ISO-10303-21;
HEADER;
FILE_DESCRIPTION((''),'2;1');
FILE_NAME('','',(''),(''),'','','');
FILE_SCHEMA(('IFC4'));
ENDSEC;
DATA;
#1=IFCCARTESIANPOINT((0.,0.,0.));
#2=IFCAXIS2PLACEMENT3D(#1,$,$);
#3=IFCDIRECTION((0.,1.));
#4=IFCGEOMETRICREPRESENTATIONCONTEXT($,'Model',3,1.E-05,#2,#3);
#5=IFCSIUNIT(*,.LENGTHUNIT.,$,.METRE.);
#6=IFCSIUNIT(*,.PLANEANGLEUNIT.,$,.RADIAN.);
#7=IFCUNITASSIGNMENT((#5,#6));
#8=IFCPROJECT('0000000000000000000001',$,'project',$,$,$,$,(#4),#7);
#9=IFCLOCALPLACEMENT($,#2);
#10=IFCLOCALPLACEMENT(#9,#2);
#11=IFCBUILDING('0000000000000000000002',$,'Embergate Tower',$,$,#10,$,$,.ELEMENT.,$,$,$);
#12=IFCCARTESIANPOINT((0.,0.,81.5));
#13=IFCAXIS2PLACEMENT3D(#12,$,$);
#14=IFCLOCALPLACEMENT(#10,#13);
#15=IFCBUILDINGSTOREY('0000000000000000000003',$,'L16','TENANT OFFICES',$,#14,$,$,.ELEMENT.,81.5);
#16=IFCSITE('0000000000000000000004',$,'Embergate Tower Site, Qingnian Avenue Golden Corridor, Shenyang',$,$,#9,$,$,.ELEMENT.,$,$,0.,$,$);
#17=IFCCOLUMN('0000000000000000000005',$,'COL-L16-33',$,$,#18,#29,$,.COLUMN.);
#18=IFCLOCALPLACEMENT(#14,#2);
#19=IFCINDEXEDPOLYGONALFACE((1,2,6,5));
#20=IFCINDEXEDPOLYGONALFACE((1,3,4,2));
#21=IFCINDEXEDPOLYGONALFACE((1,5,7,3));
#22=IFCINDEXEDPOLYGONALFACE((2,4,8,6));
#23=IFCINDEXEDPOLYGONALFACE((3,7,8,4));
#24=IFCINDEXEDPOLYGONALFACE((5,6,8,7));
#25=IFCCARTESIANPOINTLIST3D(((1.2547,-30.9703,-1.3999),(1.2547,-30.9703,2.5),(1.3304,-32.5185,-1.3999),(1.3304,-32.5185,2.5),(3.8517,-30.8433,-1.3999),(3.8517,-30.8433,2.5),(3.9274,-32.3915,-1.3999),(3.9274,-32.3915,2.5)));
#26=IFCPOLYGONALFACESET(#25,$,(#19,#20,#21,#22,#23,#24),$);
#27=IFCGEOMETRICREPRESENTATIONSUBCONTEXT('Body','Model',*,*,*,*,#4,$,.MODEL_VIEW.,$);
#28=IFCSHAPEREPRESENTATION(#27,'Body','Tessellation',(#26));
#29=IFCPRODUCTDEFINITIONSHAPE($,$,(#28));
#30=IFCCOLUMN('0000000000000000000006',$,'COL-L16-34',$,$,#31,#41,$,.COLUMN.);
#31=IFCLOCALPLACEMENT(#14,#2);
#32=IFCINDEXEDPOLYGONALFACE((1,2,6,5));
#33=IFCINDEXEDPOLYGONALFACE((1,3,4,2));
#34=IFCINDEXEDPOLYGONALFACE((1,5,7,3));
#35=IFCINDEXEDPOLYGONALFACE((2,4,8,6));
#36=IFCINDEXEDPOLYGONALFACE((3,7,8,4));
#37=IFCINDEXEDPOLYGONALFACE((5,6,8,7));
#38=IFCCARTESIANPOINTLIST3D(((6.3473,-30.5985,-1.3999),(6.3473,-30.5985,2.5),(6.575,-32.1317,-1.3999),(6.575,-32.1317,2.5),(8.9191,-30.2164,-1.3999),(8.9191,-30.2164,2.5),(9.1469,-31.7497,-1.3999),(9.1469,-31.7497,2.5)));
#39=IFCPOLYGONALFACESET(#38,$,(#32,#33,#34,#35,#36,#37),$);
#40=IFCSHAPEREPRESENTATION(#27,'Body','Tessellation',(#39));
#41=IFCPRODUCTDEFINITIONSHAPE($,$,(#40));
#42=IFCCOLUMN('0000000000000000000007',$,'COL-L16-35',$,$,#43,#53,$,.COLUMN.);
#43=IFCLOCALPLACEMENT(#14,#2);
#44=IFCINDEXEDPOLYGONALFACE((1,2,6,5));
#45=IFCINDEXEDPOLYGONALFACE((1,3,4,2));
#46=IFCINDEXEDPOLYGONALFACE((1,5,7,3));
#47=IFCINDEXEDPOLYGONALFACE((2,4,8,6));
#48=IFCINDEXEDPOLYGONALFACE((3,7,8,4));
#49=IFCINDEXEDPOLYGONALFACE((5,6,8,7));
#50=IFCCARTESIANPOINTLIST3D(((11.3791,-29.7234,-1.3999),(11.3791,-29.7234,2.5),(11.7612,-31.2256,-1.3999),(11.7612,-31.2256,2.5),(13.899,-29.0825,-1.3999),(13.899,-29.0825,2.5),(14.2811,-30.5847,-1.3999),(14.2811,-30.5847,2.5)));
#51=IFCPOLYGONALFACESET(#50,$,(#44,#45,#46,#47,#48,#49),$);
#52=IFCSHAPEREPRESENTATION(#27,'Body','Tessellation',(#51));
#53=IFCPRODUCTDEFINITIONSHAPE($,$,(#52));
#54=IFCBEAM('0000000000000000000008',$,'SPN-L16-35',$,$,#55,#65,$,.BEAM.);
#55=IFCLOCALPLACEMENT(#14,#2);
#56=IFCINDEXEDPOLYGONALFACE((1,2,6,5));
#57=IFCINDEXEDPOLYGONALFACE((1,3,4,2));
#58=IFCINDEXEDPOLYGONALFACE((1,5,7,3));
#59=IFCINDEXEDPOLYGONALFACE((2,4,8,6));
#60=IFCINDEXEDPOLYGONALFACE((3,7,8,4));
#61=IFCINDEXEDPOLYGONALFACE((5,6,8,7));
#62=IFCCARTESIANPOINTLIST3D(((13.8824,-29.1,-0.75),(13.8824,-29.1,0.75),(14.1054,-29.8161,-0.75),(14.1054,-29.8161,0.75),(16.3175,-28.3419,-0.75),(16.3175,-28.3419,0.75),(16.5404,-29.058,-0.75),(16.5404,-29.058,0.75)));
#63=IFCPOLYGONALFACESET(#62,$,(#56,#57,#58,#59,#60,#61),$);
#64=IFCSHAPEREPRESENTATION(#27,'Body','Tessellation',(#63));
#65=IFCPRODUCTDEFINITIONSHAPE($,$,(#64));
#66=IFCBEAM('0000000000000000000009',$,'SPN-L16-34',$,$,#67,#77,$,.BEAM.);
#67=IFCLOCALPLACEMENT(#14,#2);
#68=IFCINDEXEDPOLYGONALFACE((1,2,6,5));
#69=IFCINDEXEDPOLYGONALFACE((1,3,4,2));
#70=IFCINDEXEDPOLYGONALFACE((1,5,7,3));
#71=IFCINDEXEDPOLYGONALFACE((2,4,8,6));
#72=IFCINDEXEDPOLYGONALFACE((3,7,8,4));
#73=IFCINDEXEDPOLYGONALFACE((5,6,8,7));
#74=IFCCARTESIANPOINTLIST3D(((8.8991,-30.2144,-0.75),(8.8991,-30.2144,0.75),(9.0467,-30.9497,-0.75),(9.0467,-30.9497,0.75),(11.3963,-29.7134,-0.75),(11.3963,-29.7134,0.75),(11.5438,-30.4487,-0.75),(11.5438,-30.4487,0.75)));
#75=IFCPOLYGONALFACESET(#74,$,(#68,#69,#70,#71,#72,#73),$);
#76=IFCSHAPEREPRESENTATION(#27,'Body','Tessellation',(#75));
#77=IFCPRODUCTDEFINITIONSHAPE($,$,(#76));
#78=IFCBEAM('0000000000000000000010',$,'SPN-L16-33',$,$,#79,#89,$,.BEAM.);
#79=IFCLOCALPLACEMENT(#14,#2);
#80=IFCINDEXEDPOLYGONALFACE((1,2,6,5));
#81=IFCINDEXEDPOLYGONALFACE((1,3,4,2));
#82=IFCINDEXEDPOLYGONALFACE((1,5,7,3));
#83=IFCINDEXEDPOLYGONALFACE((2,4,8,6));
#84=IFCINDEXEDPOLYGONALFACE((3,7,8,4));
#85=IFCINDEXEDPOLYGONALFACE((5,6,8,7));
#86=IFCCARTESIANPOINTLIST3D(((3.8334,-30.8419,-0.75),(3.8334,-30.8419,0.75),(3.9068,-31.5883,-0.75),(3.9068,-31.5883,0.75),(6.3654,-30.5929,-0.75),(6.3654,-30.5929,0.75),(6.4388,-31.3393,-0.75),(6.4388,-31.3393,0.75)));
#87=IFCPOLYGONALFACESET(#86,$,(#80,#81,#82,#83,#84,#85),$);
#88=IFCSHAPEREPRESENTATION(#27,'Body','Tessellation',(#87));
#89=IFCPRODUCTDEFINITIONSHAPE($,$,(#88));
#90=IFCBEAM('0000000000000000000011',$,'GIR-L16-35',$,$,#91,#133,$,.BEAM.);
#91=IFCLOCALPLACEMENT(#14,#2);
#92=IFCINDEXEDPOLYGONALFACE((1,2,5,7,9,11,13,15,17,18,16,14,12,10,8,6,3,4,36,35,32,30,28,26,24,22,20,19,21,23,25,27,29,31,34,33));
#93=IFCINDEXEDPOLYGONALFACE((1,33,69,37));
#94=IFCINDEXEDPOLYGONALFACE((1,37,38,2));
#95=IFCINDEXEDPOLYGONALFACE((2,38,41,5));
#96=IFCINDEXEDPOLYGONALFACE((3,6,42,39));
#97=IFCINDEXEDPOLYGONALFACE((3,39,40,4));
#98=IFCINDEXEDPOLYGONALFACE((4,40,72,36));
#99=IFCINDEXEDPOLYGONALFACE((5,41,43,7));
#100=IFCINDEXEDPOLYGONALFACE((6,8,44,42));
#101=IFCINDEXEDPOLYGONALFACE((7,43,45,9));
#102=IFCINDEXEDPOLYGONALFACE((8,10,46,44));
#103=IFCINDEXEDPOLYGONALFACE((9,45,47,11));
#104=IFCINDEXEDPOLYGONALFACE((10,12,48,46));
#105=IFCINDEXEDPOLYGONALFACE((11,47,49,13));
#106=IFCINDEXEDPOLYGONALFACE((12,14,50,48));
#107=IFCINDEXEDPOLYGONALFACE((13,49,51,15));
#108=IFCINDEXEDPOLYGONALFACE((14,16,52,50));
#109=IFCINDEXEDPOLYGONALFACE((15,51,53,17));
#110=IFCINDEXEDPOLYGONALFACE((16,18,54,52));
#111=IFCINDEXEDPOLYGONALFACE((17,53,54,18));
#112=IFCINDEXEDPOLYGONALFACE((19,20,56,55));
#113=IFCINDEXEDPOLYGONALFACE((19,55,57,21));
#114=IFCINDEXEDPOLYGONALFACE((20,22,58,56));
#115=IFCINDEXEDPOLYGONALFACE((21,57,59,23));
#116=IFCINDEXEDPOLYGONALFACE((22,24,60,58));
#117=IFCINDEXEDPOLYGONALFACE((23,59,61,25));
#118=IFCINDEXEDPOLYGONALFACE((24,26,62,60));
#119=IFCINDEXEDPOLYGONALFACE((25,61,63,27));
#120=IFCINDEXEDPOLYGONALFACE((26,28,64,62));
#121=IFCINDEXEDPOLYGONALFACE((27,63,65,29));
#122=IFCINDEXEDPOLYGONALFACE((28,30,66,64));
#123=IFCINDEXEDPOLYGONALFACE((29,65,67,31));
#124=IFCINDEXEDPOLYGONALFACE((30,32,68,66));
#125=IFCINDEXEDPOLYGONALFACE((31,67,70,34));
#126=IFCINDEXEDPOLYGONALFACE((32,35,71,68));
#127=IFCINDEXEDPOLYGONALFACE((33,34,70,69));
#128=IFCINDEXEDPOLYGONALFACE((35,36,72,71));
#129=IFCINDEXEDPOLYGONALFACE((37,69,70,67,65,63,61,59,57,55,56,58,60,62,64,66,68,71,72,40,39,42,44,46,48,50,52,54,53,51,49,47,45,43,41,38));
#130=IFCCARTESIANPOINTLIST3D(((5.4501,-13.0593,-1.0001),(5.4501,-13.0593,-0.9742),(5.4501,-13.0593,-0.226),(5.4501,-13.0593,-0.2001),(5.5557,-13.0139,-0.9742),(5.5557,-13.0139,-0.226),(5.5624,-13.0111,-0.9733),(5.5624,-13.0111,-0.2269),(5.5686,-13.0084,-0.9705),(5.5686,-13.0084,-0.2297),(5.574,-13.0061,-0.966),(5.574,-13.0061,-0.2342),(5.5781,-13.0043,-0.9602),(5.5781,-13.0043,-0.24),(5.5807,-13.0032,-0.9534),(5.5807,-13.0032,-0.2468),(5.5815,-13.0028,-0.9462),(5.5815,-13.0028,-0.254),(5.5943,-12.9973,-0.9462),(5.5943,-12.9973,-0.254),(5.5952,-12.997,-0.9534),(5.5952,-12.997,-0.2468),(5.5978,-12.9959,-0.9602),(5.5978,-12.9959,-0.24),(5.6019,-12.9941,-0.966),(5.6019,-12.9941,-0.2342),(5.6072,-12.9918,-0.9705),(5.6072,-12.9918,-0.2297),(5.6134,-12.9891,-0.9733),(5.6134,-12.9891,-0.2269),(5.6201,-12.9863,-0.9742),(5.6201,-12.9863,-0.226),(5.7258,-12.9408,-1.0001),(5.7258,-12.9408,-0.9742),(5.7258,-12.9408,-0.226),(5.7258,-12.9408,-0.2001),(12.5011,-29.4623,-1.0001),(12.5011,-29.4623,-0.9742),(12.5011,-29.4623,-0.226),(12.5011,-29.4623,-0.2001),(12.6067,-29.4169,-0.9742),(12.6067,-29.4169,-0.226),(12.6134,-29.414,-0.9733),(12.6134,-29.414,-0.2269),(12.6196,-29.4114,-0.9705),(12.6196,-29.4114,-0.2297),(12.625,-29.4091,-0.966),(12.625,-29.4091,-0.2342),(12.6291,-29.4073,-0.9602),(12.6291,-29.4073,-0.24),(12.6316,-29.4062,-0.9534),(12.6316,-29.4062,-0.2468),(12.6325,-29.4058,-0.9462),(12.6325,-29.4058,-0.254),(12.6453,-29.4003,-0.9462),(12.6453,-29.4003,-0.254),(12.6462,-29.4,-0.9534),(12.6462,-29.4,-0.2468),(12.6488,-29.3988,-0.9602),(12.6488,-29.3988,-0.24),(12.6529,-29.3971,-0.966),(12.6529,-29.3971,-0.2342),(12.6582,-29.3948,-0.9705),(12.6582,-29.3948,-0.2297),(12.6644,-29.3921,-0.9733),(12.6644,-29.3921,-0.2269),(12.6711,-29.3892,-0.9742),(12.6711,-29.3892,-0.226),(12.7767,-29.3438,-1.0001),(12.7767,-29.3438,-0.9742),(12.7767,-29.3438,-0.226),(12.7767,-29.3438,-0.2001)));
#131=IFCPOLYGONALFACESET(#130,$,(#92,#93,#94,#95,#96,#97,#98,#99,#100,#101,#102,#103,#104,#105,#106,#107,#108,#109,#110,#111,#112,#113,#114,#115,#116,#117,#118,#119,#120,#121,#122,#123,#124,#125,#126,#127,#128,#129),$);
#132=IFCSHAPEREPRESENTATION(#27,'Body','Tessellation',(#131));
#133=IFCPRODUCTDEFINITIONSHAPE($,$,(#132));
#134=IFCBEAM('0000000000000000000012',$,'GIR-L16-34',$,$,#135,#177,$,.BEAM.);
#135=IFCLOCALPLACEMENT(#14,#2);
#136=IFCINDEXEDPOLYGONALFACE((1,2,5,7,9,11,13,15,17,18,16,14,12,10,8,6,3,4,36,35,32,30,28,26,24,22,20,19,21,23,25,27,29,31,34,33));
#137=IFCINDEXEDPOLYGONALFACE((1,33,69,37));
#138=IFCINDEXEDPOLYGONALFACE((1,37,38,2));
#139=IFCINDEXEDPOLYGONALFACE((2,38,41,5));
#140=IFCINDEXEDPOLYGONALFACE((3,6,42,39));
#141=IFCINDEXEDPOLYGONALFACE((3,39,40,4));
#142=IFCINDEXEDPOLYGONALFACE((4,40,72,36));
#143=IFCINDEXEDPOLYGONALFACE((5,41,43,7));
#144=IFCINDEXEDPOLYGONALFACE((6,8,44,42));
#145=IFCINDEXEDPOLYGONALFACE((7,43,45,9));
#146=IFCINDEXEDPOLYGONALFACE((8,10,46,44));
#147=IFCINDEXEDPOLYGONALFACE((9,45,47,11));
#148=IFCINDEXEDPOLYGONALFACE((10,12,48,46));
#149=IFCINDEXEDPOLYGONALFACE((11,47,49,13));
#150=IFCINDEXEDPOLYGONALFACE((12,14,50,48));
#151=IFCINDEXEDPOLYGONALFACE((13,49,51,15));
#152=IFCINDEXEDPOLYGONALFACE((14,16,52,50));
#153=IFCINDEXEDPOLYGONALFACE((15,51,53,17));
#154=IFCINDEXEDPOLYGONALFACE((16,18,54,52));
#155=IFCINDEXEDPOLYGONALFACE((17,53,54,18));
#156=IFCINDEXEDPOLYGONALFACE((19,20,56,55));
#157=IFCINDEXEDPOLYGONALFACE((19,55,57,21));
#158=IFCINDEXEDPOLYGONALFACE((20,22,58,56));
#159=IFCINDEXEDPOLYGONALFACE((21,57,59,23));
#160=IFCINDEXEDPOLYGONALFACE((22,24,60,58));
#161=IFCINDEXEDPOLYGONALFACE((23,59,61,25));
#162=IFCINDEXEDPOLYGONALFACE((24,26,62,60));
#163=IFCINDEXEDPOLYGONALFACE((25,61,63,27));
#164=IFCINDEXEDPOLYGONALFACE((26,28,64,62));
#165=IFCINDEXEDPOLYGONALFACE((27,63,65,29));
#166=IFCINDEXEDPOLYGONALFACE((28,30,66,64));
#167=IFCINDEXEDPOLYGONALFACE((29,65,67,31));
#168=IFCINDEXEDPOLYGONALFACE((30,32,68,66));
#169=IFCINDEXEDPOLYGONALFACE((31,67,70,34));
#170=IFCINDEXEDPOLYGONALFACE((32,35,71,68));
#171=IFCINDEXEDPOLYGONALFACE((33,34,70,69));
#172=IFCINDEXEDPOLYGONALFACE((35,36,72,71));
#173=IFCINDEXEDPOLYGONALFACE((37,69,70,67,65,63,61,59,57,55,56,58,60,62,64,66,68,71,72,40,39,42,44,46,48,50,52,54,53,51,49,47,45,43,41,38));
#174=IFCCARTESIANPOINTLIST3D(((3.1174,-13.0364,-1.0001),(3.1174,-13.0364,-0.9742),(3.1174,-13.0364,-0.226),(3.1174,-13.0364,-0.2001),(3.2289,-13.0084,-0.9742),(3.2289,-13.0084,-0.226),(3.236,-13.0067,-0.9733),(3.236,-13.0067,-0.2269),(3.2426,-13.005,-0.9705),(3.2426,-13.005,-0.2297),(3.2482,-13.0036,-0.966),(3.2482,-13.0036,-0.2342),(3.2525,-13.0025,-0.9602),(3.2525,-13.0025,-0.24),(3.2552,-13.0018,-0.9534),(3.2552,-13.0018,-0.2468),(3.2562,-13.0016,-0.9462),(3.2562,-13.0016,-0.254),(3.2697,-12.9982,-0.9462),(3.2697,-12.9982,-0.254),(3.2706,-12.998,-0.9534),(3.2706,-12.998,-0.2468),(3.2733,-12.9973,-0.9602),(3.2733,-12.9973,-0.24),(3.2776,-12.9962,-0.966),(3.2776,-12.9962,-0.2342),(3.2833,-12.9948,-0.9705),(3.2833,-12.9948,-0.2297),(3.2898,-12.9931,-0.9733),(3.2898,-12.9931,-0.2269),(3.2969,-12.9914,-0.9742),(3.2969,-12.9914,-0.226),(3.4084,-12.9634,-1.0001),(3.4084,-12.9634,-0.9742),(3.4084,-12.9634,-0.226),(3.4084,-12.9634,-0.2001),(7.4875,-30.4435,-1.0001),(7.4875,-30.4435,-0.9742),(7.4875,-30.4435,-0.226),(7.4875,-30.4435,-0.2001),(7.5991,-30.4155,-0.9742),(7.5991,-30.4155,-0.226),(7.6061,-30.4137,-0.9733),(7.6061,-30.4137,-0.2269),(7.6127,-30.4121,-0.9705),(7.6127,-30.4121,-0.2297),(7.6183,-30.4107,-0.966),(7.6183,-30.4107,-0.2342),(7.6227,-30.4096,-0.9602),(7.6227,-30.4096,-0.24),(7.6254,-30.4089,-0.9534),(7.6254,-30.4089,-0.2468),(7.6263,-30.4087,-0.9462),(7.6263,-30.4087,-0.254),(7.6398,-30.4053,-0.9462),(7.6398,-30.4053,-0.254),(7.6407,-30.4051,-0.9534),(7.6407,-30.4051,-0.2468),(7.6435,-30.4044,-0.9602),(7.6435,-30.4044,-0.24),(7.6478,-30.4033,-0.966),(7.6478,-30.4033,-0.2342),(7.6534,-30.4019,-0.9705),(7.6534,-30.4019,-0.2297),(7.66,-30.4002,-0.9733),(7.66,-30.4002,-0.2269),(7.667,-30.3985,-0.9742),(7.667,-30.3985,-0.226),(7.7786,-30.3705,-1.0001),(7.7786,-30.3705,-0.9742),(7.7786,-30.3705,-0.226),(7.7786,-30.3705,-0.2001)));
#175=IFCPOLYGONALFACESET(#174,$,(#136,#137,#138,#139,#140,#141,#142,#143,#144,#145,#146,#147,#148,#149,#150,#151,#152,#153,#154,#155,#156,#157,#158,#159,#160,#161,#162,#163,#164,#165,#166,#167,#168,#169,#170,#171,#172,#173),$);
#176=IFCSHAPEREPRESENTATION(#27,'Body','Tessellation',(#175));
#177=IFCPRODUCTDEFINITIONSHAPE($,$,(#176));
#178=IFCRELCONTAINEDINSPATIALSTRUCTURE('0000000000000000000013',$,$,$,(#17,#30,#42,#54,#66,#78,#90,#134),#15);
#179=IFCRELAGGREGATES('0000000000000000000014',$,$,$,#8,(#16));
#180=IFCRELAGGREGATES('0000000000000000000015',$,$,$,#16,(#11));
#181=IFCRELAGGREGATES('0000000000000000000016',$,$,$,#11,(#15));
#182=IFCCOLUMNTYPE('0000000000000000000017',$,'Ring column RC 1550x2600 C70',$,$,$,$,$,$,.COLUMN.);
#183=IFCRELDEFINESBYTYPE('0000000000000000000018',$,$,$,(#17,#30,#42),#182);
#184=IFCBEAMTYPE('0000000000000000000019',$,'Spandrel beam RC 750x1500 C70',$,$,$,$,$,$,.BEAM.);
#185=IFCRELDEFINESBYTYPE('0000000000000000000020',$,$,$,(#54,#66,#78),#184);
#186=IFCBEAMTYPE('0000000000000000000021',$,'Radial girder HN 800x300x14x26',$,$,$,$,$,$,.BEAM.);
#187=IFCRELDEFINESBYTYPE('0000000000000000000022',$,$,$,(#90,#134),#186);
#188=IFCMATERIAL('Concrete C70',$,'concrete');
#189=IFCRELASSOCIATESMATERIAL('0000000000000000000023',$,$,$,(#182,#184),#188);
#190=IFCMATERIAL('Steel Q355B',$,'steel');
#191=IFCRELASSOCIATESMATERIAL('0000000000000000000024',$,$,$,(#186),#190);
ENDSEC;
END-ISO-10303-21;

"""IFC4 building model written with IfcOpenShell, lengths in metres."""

from ifc_helpers import new_model, si_unit, direction, frame, origin, origin_2d, place, context, subcontext, project, spatial, rectangle, i_section, extrude, source, transform, mapped, material, material_profile, profile_set, type_object, element, save


model = new_model("IFC4")

# Units and contexts
model_context = context("Model", 3, precision=1e-05, world=origin(), true_north=direction((0.0, 1.0)))
body_context = subcontext(model_context, "Body", "Model", "MODEL_VIEW")
ifc_project = project(units=[si_unit("LENGTHUNIT", "METRE"), si_unit("PLANEANGLEUNIT", "RADIAN")], contexts=[model_context])

# Site, building, storey
site_placement = place(None, origin())
site = spatial("IfcSite", under=ifc_project, at=site_placement, Name="Embergate Tower Site, Qingnian Avenue Golden Corridor, Shenyang", CompositionType="ELEMENT", RefElevation=0.0)
building_placement = place(site_placement, origin())
building = spatial("IfcBuilding", under=site, at=building_placement, Name="Embergate Tower", CompositionType="ELEMENT")
storey_placement = place(building_placement, frame((0.0, 0.0, 81.5)))
storey = spatial("IfcBuildingStorey", under=building, at=storey_placement, Name="L16", Description="TENANT OFFICES", CompositionType="ELEMENT", Elevation=81.5)

# Columns
ifc_material_1 = material(Name="Concrete C70", Category="concrete")
ifc_material_profile_1 = material_profile(ifc_material_1, rectangle(XDim=1.55, YDim=2.6001, at=origin_2d()), Name="RC 1550x2600")
ifc_profile_set_1 = profile_set([ifc_material_profile_1], Name="Concrete C70")
column_type = type_object("IfcColumnType", Name="Ring column RC 1550x2600 C70", PredefinedType="COLUMN", material=ifc_profile_set_1)
shared_shape_1 = source(origin(), body_context, "Body", "SweptSolid", [
    extrude(rectangle(XDim=1.55, YDim=2.6001, at=origin_2d()), origin(), (0.0, 0.0, 1.0), 3.8999),
])
for number, where, z_axis, x_axis, name in (
    (1, (2.5911, -31.6809, -1.3999), (0.0, 0.0, 1.0), (0.048815, -0.998808, 0.0), "COL-L16-33"),
    (2, (7.7471, -31.1741, -1.3999), (0.0, 0.0, 1.0), (0.146929, -0.989147, 0.0), "COL-L16-34"),
    (3, (12.8301, -30.1541, -1.3999), (0.0, 0.0, 1.0), (0.246492, -0.969145, 0.0), "COL-L16-35"),
):
    element("IfcColumn", number, at=place(storey_placement, frame(where, z_axis=z_axis, x_axis=x_axis)), inside=storey, type_object=column_type, Name=name, PredefinedType="COLUMN", context=body_context, shape_type="MappedRepresentation", body=[
        mapped(shared_shape_1, transform((0.0, 0.0, 0.0))),
    ])

# Beams
ifc_material_profile_2 = material_profile(ifc_material_1, rectangle(XDim=0.75, YDim=1.5, at=origin_2d()), Name="RC 750x1500")
ifc_profile_set_2 = profile_set([ifc_material_profile_2], Name="Concrete C70")
beam_type_1 = type_object("IfcBeamType", Name="Spandrel beam RC 750x1500 C70", PredefinedType="BEAM", material=ifc_profile_set_2)
shared_shape_2 = source(origin(), body_context, "Body", "SweptSolid", [
    extrude(rectangle(XDim=0.75, YDim=1.5, at=origin_2d()), origin(), (0.0, 0.0, 1.0), 2.5503),
])
beam_1_placement = place(storey_placement, frame((13.9939, -29.458, 0.0), z_axis=(0.954803, 0.297239, 0.0), x_axis=(-0.297239, 0.954803, 0.0)))
element("IfcBeam", 4, at=beam_1_placement, inside=storey, type_object=beam_type_1, Name="SPN-L16-35", PredefinedType="BEAM", context=body_context, shape_type="MappedRepresentation", body=[
    mapped(shared_shape_2, transform((0.0, 0.0, 0.0))),
])
shared_shape_3 = source(origin(), body_context, "Body", "SweptSolid", [
    extrude(rectangle(XDim=0.75, YDim=1.5, at=origin_2d()), origin(), (0.0, 0.0, 1.0), 2.5469),
])
beam_2_placement = place(storey_placement, frame((8.9729, -30.582, 0.0), z_axis=(0.980463, 0.196706, 0.0), x_axis=(-0.196706, 0.980463, 0.0)))
element("IfcBeam", 5, at=beam_2_placement, inside=storey, type_object=beam_type_1, Name="SPN-L16-34", PredefinedType="BEAM", context=body_context, shape_type="MappedRepresentation", body=[
    mapped(shared_shape_3, transform((0.0, 0.0, 0.0))),
])
shared_shape_4 = source(origin(), body_context, "Body", "SweptSolid", [
    extrude(rectangle(XDim=0.75, YDim=1.5, at=origin_2d()), origin(), (0.0, 0.0, 1.0), 2.5442),
])
beam_3_placement = place(storey_placement, frame((3.8701, -31.2151, 0.0), z_axis=(0.995198, 0.097879, 0.0), x_axis=(-0.097879, 0.995198, 0.0)))
element("IfcBeam", 6, at=beam_3_placement, inside=storey, type_object=beam_type_1, Name="SPN-L16-33", PredefinedType="BEAM", context=body_context, shape_type="MappedRepresentation", body=[
    mapped(shared_shape_4, transform((0.0, 0.0, 0.0))),
])
ifc_material_2 = material(Name="Steel Q355B", Category="steel")
ifc_material_profile_3 = material_profile(ifc_material_2, i_section(OverallWidth=0.3, OverallDepth=0.8, WebThickness=0.0139, FlangeThickness=0.0259, FilletRadius=0.0281, at=origin_2d()), Name="HN 800x300x14x26")
ifc_profile_set_3 = profile_set([ifc_material_profile_3], Name="Steel Q355 grade B")
beam_type_2 = type_object("IfcBeamType", Name="Radial girder HN 800x300x14x26", PredefinedType="BEAM", material=ifc_profile_set_3)
shared_shape_5 = source(origin(), body_context, "Body", "SweptSolid", [
    extrude(i_section(OverallWidth=0.3, OverallDepth=0.8, WebThickness=0.0139, FlangeThickness=0.0259, FilletRadius=0.0281, at=origin_2d()), origin(), (0.0, 0.0, 1.0), 17.8542),
])
beam_4_placement = place(storey_placement, frame((12.6389, -29.4031, -0.6001), z_axis=(-0.394919, 0.918716, 0.0), x_axis=(-0.918716, -0.394919, 0.0)))
element("IfcBeam", 7, at=beam_4_placement, inside=storey, type_object=beam_type_2, Name="GIR-L16-35", PredefinedType="BEAM", context=body_context, shape_type="MappedRepresentation", body=[
    mapped(shared_shape_5, transform((0.0, 0.0, 0.0))),
])
shared_shape_6 = source(origin(), body_context, "Body", "SweptSolid", [
    extrude(i_section(OverallWidth=0.3, OverallDepth=0.8, WebThickness=0.0139, FlangeThickness=0.0259, FilletRadius=0.0281, at=origin_2d()), origin(), (0.0, 0.0, 1.0), 17.9473),
])
beam_5_placement = place(storey_placement, frame((7.6331, -30.407, -0.6001), z_axis=(-0.243499, 0.969901, 0.0), x_axis=(-0.969901, -0.243499, 0.0)))
element("IfcBeam", 8, at=beam_5_placement, inside=storey, type_object=beam_type_2, Name="GIR-L16-34", PredefinedType="BEAM", context=body_context, shape_type="MappedRepresentation", body=[
    mapped(shared_shape_6, transform((0.0, 0.0, 0.0))),
])

save(model, "model.ifc")
